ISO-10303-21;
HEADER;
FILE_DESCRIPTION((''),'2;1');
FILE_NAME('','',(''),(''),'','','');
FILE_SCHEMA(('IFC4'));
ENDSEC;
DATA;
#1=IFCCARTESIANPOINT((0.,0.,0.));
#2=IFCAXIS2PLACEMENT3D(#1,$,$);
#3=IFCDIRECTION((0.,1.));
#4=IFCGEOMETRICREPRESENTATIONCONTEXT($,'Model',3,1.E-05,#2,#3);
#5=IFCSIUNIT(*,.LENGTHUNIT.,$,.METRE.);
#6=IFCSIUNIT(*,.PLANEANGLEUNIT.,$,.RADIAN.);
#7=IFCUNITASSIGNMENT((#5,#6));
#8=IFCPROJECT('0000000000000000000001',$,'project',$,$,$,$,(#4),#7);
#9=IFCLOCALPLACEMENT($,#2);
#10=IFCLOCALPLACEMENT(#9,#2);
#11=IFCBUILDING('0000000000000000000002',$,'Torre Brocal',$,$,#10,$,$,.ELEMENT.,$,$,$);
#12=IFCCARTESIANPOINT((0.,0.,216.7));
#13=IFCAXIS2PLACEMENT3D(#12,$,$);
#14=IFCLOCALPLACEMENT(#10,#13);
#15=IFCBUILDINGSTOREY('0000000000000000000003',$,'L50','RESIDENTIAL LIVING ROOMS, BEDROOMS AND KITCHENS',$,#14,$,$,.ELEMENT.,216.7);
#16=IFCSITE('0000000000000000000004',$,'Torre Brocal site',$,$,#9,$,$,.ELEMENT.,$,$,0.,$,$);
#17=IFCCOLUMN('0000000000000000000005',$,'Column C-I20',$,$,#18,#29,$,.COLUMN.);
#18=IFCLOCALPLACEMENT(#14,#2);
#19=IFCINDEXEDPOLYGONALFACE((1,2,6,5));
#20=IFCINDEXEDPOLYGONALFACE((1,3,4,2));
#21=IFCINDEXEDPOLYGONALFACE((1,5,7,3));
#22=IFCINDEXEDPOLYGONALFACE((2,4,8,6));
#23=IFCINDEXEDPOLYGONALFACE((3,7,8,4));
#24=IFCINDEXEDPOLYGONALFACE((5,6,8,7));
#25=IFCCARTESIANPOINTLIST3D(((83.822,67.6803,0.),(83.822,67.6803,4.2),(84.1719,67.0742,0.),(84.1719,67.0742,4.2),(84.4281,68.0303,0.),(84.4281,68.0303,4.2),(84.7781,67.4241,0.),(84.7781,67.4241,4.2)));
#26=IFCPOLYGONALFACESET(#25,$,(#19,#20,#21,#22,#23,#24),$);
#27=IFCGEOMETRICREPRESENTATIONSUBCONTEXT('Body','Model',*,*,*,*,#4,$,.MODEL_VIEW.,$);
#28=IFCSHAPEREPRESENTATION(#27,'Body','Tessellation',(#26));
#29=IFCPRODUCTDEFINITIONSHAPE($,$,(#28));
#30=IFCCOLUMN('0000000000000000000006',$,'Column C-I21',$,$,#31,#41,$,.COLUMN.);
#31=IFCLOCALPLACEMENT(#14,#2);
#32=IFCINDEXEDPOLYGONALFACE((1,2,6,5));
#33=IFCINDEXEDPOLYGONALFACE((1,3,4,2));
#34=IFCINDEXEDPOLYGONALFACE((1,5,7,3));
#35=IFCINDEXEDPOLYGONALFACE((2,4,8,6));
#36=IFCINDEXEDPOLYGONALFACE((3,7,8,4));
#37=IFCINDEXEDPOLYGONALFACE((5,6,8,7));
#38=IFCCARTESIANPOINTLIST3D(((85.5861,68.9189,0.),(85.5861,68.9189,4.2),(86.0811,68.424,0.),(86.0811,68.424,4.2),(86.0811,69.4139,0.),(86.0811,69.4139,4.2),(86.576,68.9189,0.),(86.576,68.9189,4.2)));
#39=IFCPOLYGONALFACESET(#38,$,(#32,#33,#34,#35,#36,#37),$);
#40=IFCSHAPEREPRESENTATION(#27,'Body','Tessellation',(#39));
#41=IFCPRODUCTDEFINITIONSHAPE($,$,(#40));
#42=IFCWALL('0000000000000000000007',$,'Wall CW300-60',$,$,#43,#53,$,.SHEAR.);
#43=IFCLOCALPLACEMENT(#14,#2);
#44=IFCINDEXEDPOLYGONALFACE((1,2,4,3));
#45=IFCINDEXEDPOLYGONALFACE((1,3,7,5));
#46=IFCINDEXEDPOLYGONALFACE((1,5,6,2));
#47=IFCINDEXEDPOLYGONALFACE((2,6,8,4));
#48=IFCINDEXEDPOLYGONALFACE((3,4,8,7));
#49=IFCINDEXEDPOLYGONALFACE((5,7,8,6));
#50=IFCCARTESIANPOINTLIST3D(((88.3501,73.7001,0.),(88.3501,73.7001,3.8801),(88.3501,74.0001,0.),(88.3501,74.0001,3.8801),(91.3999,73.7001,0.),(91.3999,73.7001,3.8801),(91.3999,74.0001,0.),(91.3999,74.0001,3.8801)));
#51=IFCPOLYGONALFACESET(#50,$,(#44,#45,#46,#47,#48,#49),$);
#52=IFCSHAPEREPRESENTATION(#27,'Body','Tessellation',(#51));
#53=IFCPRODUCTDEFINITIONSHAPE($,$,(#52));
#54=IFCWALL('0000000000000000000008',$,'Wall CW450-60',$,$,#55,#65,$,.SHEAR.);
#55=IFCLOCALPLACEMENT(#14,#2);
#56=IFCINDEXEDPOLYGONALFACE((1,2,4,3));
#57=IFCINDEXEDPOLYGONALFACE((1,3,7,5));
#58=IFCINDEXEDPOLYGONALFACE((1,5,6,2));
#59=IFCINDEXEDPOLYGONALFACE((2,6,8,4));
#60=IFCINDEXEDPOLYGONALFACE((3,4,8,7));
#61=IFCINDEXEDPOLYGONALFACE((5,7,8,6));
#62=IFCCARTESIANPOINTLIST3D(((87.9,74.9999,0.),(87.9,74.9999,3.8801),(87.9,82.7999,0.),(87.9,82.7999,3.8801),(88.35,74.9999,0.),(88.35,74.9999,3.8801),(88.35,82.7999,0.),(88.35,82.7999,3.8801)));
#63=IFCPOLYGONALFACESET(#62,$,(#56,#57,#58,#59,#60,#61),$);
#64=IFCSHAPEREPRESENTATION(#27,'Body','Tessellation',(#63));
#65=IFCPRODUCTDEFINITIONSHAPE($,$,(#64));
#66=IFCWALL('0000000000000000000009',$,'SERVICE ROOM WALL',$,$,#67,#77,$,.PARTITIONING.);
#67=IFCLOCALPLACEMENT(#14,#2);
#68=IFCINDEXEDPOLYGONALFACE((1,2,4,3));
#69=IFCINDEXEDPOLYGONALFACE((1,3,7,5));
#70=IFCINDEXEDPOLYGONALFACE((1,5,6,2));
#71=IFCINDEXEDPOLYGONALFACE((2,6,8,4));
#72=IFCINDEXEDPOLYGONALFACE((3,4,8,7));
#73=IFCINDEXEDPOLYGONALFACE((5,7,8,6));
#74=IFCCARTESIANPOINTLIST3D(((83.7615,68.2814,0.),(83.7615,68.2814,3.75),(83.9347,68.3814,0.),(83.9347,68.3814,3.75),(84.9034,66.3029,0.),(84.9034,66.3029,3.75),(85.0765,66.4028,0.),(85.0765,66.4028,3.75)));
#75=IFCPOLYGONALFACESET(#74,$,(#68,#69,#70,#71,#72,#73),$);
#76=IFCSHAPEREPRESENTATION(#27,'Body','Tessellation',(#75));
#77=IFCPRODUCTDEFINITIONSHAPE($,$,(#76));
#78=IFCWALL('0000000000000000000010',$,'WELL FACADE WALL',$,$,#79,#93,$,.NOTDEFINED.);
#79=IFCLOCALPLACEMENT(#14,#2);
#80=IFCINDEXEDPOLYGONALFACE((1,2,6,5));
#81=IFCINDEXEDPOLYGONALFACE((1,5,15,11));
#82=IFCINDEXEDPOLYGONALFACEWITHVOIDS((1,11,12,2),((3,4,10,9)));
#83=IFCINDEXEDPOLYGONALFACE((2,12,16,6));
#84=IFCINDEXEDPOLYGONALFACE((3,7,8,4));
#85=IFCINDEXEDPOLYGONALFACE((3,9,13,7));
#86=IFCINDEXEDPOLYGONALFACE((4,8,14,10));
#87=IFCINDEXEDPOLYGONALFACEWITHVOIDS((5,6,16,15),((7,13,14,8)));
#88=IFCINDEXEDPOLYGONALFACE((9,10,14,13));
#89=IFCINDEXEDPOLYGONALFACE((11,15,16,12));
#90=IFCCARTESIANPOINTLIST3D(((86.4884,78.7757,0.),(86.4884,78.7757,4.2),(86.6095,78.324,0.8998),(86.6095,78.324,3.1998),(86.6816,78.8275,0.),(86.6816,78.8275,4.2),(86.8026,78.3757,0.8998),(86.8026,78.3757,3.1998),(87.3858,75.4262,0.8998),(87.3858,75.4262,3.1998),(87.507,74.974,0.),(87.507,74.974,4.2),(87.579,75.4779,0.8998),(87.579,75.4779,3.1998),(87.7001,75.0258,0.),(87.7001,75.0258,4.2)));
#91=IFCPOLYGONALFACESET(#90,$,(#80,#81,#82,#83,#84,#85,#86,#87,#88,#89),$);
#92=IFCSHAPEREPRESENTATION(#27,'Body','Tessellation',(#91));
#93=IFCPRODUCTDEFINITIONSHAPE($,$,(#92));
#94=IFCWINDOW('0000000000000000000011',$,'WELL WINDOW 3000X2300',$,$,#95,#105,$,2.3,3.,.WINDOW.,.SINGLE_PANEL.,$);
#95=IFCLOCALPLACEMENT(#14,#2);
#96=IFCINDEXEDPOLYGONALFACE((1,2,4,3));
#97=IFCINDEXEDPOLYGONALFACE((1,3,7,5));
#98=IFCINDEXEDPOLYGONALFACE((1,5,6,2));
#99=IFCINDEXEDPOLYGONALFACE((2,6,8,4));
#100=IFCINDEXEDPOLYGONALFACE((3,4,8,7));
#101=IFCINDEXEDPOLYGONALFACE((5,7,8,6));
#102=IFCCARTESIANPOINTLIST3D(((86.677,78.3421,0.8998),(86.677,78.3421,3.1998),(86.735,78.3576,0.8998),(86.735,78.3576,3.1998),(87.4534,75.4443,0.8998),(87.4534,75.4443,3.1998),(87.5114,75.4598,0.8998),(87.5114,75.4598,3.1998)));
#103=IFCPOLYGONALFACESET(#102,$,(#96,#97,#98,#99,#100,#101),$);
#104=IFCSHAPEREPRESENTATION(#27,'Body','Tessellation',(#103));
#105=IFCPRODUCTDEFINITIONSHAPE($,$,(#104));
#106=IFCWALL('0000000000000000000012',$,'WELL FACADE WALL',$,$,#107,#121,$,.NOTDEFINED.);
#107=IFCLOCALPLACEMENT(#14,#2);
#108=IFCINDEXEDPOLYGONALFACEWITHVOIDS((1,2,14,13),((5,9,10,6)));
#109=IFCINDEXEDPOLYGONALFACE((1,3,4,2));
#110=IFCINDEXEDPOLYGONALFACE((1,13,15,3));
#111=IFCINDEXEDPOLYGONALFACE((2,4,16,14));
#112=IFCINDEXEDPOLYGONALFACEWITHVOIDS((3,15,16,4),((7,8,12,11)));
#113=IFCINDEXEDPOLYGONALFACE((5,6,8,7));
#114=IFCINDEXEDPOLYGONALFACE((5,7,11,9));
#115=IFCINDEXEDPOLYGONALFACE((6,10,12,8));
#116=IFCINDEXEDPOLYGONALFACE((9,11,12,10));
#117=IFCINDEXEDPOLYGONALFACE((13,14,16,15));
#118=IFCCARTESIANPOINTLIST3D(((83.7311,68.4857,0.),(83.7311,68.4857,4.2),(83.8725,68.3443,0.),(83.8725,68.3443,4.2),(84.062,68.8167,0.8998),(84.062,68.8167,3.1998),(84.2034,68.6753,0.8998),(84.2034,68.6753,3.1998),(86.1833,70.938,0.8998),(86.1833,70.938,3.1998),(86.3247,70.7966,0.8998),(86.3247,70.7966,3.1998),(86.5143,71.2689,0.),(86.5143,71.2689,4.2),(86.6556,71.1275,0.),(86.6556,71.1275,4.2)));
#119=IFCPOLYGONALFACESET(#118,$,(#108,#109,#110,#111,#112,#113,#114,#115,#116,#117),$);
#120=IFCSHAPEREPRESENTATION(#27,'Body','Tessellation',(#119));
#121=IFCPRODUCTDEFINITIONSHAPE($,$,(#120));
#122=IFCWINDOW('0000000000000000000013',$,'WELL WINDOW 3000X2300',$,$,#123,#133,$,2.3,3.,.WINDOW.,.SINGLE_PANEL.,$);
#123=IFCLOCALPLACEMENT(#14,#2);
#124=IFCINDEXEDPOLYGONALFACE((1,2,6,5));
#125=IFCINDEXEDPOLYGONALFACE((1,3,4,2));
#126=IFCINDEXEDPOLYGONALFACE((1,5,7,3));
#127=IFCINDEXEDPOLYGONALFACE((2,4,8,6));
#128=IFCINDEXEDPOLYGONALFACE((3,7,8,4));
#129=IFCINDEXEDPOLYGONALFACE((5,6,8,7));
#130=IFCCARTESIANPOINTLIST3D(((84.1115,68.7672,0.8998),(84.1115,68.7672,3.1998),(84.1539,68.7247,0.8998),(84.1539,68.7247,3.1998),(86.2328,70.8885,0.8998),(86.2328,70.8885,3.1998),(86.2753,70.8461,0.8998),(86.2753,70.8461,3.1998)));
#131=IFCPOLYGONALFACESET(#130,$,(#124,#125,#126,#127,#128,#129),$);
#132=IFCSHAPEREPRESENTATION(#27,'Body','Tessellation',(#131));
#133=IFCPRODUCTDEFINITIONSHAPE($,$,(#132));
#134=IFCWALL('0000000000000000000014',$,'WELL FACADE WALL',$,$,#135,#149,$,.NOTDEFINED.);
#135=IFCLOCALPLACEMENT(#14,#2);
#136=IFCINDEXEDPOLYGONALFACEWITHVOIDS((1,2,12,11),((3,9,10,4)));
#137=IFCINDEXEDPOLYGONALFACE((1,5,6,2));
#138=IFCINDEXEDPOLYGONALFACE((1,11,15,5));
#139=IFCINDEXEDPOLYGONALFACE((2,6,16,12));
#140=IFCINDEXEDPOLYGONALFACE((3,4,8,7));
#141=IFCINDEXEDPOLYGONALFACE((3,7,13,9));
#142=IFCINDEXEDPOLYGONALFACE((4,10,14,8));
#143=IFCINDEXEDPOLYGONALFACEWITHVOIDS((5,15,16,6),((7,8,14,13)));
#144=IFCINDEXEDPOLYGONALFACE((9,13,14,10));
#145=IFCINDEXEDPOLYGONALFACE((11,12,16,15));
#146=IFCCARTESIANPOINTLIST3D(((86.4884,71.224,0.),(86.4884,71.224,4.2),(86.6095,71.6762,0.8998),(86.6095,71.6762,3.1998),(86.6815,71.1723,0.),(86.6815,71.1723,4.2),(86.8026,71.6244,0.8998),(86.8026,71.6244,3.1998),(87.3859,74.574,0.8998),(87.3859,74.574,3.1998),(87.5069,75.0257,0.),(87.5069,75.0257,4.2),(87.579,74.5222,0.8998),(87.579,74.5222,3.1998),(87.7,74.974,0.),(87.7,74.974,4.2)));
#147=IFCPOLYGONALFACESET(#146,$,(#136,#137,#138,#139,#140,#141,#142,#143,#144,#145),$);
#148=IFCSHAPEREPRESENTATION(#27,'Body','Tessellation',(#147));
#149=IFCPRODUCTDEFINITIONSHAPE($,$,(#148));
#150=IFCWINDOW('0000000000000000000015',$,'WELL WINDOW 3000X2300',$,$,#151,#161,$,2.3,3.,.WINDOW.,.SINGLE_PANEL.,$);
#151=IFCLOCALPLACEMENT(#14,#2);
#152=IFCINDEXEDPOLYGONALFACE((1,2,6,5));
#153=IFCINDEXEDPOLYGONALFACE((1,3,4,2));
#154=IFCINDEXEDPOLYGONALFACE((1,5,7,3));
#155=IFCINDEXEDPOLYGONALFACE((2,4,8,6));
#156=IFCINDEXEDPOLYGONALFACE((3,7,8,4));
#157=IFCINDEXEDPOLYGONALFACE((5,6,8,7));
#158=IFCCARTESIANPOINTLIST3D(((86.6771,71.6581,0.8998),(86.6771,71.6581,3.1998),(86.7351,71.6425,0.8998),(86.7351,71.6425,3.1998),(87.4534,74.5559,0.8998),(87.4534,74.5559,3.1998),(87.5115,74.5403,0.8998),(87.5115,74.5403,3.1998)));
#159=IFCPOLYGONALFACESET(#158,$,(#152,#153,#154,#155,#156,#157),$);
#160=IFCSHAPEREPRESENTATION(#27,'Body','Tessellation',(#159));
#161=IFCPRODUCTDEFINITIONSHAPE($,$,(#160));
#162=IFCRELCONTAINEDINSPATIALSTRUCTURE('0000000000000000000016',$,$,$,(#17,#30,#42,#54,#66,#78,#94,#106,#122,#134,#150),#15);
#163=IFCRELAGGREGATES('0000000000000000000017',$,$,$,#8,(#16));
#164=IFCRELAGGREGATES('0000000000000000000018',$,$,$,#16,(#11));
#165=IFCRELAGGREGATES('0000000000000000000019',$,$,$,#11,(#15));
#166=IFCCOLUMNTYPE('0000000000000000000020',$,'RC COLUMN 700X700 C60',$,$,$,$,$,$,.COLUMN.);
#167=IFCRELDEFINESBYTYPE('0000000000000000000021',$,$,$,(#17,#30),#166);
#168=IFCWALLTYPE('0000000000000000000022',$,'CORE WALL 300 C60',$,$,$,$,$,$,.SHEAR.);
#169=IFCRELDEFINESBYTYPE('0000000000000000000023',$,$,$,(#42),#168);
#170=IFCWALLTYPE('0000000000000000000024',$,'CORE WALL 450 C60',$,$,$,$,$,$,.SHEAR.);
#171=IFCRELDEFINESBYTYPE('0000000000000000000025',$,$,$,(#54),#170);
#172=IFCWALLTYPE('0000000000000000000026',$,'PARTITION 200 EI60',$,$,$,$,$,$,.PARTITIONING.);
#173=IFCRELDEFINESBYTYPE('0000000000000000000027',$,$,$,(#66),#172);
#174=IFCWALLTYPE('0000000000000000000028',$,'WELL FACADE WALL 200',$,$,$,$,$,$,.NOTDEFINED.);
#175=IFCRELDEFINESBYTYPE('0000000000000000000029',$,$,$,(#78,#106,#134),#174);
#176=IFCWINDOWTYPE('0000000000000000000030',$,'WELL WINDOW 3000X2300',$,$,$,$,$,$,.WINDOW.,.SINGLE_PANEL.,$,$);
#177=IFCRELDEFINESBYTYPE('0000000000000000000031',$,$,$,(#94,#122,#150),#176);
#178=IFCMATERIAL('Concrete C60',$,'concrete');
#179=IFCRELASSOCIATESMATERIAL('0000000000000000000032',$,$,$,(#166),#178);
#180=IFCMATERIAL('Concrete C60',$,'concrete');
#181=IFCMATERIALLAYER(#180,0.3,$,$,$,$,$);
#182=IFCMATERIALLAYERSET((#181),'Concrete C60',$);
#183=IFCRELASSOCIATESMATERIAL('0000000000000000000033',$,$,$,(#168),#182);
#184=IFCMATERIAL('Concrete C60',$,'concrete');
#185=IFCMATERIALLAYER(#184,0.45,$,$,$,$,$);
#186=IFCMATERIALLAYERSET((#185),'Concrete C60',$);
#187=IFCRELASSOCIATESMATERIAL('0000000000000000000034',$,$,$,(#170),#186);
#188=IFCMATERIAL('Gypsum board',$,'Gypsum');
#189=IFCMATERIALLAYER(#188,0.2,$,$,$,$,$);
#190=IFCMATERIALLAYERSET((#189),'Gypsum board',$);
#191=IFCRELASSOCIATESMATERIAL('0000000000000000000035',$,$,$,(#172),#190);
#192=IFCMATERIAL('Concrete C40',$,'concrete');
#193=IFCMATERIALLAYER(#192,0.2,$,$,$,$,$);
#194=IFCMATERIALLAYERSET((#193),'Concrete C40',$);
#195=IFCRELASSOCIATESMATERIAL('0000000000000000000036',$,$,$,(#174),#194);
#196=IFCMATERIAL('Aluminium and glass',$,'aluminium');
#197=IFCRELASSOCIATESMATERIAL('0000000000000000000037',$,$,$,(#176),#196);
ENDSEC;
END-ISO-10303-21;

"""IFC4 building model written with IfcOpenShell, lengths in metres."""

from ifc_helpers import new_model, si_unit, direction, frame, frame_2d, origin, origin_2d, place, context, subcontext, project, spatial, rectangle, extrude, material, layer, layer_set, material_profile, profile_set, type_object, element, fill, save


model = new_model("IFC4")

# Units and contexts
model_context = context("Model", 3, precision=1e-05, world=origin(), true_north=direction((0.0, 1.0)))
body_context = subcontext(model_context, "Body", "Model", "MODEL_VIEW")
ifc_project = project(units=[si_unit("LENGTHUNIT", "METRE"), si_unit("PLANEANGLEUNIT", "RADIAN")], contexts=[model_context])

# Site, building, storey
site_placement = place(None, origin())
site = spatial("IfcSite", under=ifc_project, at=site_placement, Name="Torre Brocal site", CompositionType="ELEMENT", RefElevation=0.0)
building_placement = place(site_placement, origin())
building = spatial("IfcBuilding", under=site, at=building_placement, Name="Torre Brocal", CompositionType="ELEMENT")
storey_placement = place(building_placement, frame((0.0, 0.0, 216.7)))
storey = spatial("IfcBuildingStorey", under=building, at=storey_placement, Name="L50", Description="RESIDENTIAL LIVING ROOMS, BEDROOMS AND KITCHENS", CompositionType="ELEMENT", Elevation=216.7)

# Columns
ifc_material_1 = material(Name="Concrete C60", Category="concrete")
ifc_material_profile = material_profile(ifc_material_1, rectangle(XDim=0.7, YDim=0.7, at=origin_2d()), Name="RC 700X700")
ifc_profile_set = profile_set([ifc_material_profile], Name="Concrete C60")
column_type = type_object("IfcColumnType", Name="RC COLUMN 700X700 C60", PredefinedType="COLUMN", material=ifc_profile_set)
for number, where, z_axis, x_axis, name in (
    (1, (84.3, 67.5522, 0.0), (0.0, 0.0, 1.0), (0.5, -0.866025, 0.0), "Column C-I20"),
    (2, (86.0811, 68.9189, 0.0), (0.0, 0.0, 1.0), (0.707107, -0.707107, 0.0), "Column C-I21"),
):
    element("IfcColumn", number, at=place(storey_placement, frame(where, z_axis=z_axis, x_axis=x_axis)), inside=storey, type_object=column_type, Name=name, PredefinedType="COLUMN", context=body_context, shape_type="SweptSolid", body=[
        extrude(rectangle(XDim=0.7, YDim=0.7, at=origin_2d()), origin(), (0.0, 0.0, 1.0), 4.2),
    ])

# Walls
ifc_material_2 = material(Name="Concrete C60", Category="concrete")
ifc_layer_1 = layer(ifc_material_2, 0.3)
ifc_layer_set_1 = layer_set([ifc_layer_1], Name="Concrete C60")
wall_type_1 = type_object("IfcWallType", Name="CORE WALL 300 C60", PredefinedType="SHEAR", material=ifc_layer_set_1)
wall_1_placement = place(storey_placement, frame((88.3501, 73.8501, 0.0), z_axis=(0.0, 0.0, 1.0), x_axis=(1.0, 0.0, 0.0)))
element("IfcWall", 3, at=wall_1_placement, inside=storey, type_object=wall_type_1, Name="Wall CW300-60", PredefinedType="SHEAR", context=body_context, shape_type="SweptSolid", body=[
    extrude(rectangle(XDim=3.0498, YDim=0.3, at=frame_2d((1.5249, 0.0))), origin(), (0.0, 0.0, 1.0), 3.8801),
])
ifc_material_3 = material(Name="Concrete C60", Category="concrete")
ifc_layer_2 = layer(ifc_material_3, 0.45)
ifc_layer_set_2 = layer_set([ifc_layer_2], Name="Concrete C60")
wall_type_2 = type_object("IfcWallType", Name="CORE WALL 450 C60", PredefinedType="SHEAR", material=ifc_layer_set_2)
wall_2_placement = place(storey_placement, frame((88.125, 75.0, 0.0), z_axis=(0.0, 0.0, 1.0), x_axis=(0.0, 1.0, 0.0)))
element("IfcWall", 4, at=wall_2_placement, inside=storey, type_object=wall_type_2, Name="Wall CW450-60", PredefinedType="SHEAR", context=body_context, shape_type="SweptSolid", body=[
    extrude(rectangle(XDim=7.8, YDim=0.45, at=frame_2d((3.8999, 0.0))), origin(), (0.0, 0.0, 1.0), 3.8801),
])
ifc_material_4 = material(Name="Gypsum board", Category="Gypsum")
ifc_layer_3 = layer(ifc_material_4, 0.2)
ifc_layer_set_3 = layer_set([ifc_layer_3], Name="Gypsum board")
wall_type_3 = type_object("IfcWallType", Name="PARTITION 200 EI60", PredefinedType="PARTITIONING", material=ifc_layer_set_3)
wall_3_placement = place(storey_placement, frame((83.8481, 68.3313, 0.0), z_axis=(0.0, 0.0, 1.0), x_axis=(0.499852, -0.866111, 0.0)))
element("IfcWall", 5, at=wall_3_placement, inside=storey, type_object=wall_type_3, Name="SERVICE ROOM WALL", PredefinedType="PARTITIONING", context=body_context, shape_type="SweptSolid", body=[
    extrude(rectangle(XDim=2.2844, YDim=0.2, at=frame_2d((1.1421, 0.0))), origin(), (0.0, 0.0, 1.0), 3.75),
])

# Walls, openings, windows
ifc_material_5 = material(Name="Concrete C40", Category="concrete")
ifc_layer_4 = layer(ifc_material_5, 0.2)
ifc_layer_set_4 = layer_set([ifc_layer_4], Name="Concrete C40")
wall_type_4 = type_object("IfcWallType", Name="WELL FACADE WALL 200", PredefinedType="NOTDEFINED", material=ifc_layer_set_4)
wall_4_placement = place(storey_placement, frame((87.6035, 75.0, 0.0), z_axis=(0.0, 0.0, 1.0), x_axis=(-0.25879, 0.965934, 0.0)))
wall_4 = element("IfcWall", 6, at=wall_4_placement, inside=storey, type_object=wall_type_4, Name="WELL FACADE WALL", PredefinedType="NOTDEFINED", context=body_context, shape_type="SweptSolid", body=[
    extrude(rectangle(XDim=3.9358, YDim=0.2, at=frame_2d((1.9678, 0.0))), origin(), (0.0, 0.0, 1.0), 4.2),
])
opening_1_placement = place(wall_4_placement, frame((0.468, 0.0, 0.8999)))
opening_1 = element("IfcOpeningElement", 7, at=opening_1_placement, cuts=wall_4, PredefinedType="OPENING", context=body_context, shape_type="SweptSolid", body=[
    extrude(rectangle(XDim=3.0, YDim=2.3, at=frame_2d((1.5, 1.1499))), frame((0.0, 0.1099, 0.0), z_axis=(0.0, -1.0, 0.0), x_axis=(1.0, 0.0, 0.0)), (0.0, 0.0, 1.0), 0.22),
])
ifc_material_6 = material(Name="Aluminium and glass", Category="aluminium")
window_type = type_object("IfcWindowType", Name="WELL WINDOW 3000X2300", PartitioningType="SINGLE_PANEL", PredefinedType="WINDOW", material=ifc_material_6)
window_1_placement = place(opening_1_placement, origin())
window_1 = element("IfcWindow", 8, at=window_1_placement, inside=storey, type_object=window_type, Name="WELL WINDOW 3000X2300", OverallHeight=2.3, OverallWidth=3.0, PartitioningType="SINGLE_PANEL", PredefinedType="WINDOW", context=body_context, shape_type="SweptSolid", body=[
    extrude(rectangle(XDim=3.0, YDim=2.3, at=frame_2d((1.5, 1.1499))), frame((0.0, 0.03, 0.0), z_axis=(0.0, -1.0, 0.0), x_axis=(1.0, 0.0, 0.0)), (0.0, 0.0, 1.0), 0.0601),
])
fill(opening_1, window_1)
wall_5_placement = place(storey_placement, frame((83.8018, 68.415, 0.0), z_axis=(0.0, 0.0, 1.0), x_axis=(0.707107, 0.707107, 0.0)))
wall_5 = element("IfcWall", 9, at=wall_5_placement, inside=storey, type_object=wall_type_4, Name="WELL FACADE WALL", PredefinedType="NOTDEFINED", context=body_context, shape_type="SweptSolid", body=[
    extrude(rectangle(XDim=3.936, YDim=0.2, at=frame_2d((1.968, 0.0))), origin(), (0.0, 0.0, 1.0), 4.2),
])
opening_2_placement = place(wall_5_placement, frame((0.468, 0.0, 0.8999)))
opening_2 = element("IfcOpeningElement", 10, at=opening_2_placement, cuts=wall_5, PredefinedType="OPENING", context=body_context, shape_type="SweptSolid", body=[
    extrude(rectangle(XDim=3.0, YDim=2.3, at=frame_2d((1.5, 1.1499))), frame((0.0, 0.1099, 0.0), z_axis=(0.0, -1.0, 0.0), x_axis=(1.0, 0.0, 0.0)), (0.0, 0.0, 1.0), 0.22),
])
window_2_placement = place(opening_2_placement, origin())
window_2 = element("IfcWindow", 11, at=window_2_placement, inside=storey, type_object=window_type, Name="WELL WINDOW 3000X2300", OverallHeight=2.3, OverallWidth=3.0, PartitioningType="SINGLE_PANEL", PredefinedType="WINDOW", context=body_context, shape_type="SweptSolid", body=[
    extrude(rectangle(XDim=3.0, YDim=2.3, at=frame_2d((1.5, 1.1499))), frame((0.0, 0.03, 0.0), z_axis=(0.0, -1.0, 0.0), x_axis=(1.0, 0.0, 0.0)), (0.0, 0.0, 1.0), 0.0601),
])
fill(opening_2, window_2)
wall_6_placement = place(storey_placement, frame((86.585, 71.1982, 0.0), z_axis=(0.0, 0.0, 1.0), x_axis=(0.25879, 0.965934, 0.0)))
wall_6 = element("IfcWall", 12, at=wall_6_placement, inside=storey, type_object=wall_type_4, Name="WELL FACADE WALL", PredefinedType="NOTDEFINED", context=body_context, shape_type="SweptSolid", body=[
    extrude(rectangle(XDim=3.9358, YDim=0.2, at=frame_2d((1.9678, 0.0))), origin(), (0.0, 0.0, 1.0), 4.2),
])
opening_3_placement = place(wall_6_placement, frame((0.468, 0.0, 0.8999)))
opening_3 = element("IfcOpeningElement", 13, at=opening_3_placement, cuts=wall_6, PredefinedType="OPENING", context=body_context, shape_type="SweptSolid", body=[
    extrude(rectangle(XDim=3.0, YDim=2.3, at=frame_2d((1.5, 1.1499))), frame((0.0, 0.1099, 0.0), z_axis=(0.0, -1.0, 0.0), x_axis=(1.0, 0.0, 0.0)), (0.0, 0.0, 1.0), 0.22),
])
window_3_placement = place(opening_3_placement, origin())
window_3 = element("IfcWindow", 14, at=window_3_placement, inside=storey, type_object=window_type, Name="WELL WINDOW 3000X2300", OverallHeight=2.3, OverallWidth=3.0, PartitioningType="SINGLE_PANEL", PredefinedType="WINDOW", context=body_context, shape_type="SweptSolid", body=[
    extrude(rectangle(XDim=3.0, YDim=2.3, at=frame_2d((1.5, 1.1499))), frame((0.0, 0.03, 0.0), z_axis=(0.0, -1.0, 0.0), x_axis=(1.0, 0.0, 0.0)), (0.0, 0.0, 1.0), 0.0601),
])
fill(opening_3, window_3)

save(model, "model.ifc")
